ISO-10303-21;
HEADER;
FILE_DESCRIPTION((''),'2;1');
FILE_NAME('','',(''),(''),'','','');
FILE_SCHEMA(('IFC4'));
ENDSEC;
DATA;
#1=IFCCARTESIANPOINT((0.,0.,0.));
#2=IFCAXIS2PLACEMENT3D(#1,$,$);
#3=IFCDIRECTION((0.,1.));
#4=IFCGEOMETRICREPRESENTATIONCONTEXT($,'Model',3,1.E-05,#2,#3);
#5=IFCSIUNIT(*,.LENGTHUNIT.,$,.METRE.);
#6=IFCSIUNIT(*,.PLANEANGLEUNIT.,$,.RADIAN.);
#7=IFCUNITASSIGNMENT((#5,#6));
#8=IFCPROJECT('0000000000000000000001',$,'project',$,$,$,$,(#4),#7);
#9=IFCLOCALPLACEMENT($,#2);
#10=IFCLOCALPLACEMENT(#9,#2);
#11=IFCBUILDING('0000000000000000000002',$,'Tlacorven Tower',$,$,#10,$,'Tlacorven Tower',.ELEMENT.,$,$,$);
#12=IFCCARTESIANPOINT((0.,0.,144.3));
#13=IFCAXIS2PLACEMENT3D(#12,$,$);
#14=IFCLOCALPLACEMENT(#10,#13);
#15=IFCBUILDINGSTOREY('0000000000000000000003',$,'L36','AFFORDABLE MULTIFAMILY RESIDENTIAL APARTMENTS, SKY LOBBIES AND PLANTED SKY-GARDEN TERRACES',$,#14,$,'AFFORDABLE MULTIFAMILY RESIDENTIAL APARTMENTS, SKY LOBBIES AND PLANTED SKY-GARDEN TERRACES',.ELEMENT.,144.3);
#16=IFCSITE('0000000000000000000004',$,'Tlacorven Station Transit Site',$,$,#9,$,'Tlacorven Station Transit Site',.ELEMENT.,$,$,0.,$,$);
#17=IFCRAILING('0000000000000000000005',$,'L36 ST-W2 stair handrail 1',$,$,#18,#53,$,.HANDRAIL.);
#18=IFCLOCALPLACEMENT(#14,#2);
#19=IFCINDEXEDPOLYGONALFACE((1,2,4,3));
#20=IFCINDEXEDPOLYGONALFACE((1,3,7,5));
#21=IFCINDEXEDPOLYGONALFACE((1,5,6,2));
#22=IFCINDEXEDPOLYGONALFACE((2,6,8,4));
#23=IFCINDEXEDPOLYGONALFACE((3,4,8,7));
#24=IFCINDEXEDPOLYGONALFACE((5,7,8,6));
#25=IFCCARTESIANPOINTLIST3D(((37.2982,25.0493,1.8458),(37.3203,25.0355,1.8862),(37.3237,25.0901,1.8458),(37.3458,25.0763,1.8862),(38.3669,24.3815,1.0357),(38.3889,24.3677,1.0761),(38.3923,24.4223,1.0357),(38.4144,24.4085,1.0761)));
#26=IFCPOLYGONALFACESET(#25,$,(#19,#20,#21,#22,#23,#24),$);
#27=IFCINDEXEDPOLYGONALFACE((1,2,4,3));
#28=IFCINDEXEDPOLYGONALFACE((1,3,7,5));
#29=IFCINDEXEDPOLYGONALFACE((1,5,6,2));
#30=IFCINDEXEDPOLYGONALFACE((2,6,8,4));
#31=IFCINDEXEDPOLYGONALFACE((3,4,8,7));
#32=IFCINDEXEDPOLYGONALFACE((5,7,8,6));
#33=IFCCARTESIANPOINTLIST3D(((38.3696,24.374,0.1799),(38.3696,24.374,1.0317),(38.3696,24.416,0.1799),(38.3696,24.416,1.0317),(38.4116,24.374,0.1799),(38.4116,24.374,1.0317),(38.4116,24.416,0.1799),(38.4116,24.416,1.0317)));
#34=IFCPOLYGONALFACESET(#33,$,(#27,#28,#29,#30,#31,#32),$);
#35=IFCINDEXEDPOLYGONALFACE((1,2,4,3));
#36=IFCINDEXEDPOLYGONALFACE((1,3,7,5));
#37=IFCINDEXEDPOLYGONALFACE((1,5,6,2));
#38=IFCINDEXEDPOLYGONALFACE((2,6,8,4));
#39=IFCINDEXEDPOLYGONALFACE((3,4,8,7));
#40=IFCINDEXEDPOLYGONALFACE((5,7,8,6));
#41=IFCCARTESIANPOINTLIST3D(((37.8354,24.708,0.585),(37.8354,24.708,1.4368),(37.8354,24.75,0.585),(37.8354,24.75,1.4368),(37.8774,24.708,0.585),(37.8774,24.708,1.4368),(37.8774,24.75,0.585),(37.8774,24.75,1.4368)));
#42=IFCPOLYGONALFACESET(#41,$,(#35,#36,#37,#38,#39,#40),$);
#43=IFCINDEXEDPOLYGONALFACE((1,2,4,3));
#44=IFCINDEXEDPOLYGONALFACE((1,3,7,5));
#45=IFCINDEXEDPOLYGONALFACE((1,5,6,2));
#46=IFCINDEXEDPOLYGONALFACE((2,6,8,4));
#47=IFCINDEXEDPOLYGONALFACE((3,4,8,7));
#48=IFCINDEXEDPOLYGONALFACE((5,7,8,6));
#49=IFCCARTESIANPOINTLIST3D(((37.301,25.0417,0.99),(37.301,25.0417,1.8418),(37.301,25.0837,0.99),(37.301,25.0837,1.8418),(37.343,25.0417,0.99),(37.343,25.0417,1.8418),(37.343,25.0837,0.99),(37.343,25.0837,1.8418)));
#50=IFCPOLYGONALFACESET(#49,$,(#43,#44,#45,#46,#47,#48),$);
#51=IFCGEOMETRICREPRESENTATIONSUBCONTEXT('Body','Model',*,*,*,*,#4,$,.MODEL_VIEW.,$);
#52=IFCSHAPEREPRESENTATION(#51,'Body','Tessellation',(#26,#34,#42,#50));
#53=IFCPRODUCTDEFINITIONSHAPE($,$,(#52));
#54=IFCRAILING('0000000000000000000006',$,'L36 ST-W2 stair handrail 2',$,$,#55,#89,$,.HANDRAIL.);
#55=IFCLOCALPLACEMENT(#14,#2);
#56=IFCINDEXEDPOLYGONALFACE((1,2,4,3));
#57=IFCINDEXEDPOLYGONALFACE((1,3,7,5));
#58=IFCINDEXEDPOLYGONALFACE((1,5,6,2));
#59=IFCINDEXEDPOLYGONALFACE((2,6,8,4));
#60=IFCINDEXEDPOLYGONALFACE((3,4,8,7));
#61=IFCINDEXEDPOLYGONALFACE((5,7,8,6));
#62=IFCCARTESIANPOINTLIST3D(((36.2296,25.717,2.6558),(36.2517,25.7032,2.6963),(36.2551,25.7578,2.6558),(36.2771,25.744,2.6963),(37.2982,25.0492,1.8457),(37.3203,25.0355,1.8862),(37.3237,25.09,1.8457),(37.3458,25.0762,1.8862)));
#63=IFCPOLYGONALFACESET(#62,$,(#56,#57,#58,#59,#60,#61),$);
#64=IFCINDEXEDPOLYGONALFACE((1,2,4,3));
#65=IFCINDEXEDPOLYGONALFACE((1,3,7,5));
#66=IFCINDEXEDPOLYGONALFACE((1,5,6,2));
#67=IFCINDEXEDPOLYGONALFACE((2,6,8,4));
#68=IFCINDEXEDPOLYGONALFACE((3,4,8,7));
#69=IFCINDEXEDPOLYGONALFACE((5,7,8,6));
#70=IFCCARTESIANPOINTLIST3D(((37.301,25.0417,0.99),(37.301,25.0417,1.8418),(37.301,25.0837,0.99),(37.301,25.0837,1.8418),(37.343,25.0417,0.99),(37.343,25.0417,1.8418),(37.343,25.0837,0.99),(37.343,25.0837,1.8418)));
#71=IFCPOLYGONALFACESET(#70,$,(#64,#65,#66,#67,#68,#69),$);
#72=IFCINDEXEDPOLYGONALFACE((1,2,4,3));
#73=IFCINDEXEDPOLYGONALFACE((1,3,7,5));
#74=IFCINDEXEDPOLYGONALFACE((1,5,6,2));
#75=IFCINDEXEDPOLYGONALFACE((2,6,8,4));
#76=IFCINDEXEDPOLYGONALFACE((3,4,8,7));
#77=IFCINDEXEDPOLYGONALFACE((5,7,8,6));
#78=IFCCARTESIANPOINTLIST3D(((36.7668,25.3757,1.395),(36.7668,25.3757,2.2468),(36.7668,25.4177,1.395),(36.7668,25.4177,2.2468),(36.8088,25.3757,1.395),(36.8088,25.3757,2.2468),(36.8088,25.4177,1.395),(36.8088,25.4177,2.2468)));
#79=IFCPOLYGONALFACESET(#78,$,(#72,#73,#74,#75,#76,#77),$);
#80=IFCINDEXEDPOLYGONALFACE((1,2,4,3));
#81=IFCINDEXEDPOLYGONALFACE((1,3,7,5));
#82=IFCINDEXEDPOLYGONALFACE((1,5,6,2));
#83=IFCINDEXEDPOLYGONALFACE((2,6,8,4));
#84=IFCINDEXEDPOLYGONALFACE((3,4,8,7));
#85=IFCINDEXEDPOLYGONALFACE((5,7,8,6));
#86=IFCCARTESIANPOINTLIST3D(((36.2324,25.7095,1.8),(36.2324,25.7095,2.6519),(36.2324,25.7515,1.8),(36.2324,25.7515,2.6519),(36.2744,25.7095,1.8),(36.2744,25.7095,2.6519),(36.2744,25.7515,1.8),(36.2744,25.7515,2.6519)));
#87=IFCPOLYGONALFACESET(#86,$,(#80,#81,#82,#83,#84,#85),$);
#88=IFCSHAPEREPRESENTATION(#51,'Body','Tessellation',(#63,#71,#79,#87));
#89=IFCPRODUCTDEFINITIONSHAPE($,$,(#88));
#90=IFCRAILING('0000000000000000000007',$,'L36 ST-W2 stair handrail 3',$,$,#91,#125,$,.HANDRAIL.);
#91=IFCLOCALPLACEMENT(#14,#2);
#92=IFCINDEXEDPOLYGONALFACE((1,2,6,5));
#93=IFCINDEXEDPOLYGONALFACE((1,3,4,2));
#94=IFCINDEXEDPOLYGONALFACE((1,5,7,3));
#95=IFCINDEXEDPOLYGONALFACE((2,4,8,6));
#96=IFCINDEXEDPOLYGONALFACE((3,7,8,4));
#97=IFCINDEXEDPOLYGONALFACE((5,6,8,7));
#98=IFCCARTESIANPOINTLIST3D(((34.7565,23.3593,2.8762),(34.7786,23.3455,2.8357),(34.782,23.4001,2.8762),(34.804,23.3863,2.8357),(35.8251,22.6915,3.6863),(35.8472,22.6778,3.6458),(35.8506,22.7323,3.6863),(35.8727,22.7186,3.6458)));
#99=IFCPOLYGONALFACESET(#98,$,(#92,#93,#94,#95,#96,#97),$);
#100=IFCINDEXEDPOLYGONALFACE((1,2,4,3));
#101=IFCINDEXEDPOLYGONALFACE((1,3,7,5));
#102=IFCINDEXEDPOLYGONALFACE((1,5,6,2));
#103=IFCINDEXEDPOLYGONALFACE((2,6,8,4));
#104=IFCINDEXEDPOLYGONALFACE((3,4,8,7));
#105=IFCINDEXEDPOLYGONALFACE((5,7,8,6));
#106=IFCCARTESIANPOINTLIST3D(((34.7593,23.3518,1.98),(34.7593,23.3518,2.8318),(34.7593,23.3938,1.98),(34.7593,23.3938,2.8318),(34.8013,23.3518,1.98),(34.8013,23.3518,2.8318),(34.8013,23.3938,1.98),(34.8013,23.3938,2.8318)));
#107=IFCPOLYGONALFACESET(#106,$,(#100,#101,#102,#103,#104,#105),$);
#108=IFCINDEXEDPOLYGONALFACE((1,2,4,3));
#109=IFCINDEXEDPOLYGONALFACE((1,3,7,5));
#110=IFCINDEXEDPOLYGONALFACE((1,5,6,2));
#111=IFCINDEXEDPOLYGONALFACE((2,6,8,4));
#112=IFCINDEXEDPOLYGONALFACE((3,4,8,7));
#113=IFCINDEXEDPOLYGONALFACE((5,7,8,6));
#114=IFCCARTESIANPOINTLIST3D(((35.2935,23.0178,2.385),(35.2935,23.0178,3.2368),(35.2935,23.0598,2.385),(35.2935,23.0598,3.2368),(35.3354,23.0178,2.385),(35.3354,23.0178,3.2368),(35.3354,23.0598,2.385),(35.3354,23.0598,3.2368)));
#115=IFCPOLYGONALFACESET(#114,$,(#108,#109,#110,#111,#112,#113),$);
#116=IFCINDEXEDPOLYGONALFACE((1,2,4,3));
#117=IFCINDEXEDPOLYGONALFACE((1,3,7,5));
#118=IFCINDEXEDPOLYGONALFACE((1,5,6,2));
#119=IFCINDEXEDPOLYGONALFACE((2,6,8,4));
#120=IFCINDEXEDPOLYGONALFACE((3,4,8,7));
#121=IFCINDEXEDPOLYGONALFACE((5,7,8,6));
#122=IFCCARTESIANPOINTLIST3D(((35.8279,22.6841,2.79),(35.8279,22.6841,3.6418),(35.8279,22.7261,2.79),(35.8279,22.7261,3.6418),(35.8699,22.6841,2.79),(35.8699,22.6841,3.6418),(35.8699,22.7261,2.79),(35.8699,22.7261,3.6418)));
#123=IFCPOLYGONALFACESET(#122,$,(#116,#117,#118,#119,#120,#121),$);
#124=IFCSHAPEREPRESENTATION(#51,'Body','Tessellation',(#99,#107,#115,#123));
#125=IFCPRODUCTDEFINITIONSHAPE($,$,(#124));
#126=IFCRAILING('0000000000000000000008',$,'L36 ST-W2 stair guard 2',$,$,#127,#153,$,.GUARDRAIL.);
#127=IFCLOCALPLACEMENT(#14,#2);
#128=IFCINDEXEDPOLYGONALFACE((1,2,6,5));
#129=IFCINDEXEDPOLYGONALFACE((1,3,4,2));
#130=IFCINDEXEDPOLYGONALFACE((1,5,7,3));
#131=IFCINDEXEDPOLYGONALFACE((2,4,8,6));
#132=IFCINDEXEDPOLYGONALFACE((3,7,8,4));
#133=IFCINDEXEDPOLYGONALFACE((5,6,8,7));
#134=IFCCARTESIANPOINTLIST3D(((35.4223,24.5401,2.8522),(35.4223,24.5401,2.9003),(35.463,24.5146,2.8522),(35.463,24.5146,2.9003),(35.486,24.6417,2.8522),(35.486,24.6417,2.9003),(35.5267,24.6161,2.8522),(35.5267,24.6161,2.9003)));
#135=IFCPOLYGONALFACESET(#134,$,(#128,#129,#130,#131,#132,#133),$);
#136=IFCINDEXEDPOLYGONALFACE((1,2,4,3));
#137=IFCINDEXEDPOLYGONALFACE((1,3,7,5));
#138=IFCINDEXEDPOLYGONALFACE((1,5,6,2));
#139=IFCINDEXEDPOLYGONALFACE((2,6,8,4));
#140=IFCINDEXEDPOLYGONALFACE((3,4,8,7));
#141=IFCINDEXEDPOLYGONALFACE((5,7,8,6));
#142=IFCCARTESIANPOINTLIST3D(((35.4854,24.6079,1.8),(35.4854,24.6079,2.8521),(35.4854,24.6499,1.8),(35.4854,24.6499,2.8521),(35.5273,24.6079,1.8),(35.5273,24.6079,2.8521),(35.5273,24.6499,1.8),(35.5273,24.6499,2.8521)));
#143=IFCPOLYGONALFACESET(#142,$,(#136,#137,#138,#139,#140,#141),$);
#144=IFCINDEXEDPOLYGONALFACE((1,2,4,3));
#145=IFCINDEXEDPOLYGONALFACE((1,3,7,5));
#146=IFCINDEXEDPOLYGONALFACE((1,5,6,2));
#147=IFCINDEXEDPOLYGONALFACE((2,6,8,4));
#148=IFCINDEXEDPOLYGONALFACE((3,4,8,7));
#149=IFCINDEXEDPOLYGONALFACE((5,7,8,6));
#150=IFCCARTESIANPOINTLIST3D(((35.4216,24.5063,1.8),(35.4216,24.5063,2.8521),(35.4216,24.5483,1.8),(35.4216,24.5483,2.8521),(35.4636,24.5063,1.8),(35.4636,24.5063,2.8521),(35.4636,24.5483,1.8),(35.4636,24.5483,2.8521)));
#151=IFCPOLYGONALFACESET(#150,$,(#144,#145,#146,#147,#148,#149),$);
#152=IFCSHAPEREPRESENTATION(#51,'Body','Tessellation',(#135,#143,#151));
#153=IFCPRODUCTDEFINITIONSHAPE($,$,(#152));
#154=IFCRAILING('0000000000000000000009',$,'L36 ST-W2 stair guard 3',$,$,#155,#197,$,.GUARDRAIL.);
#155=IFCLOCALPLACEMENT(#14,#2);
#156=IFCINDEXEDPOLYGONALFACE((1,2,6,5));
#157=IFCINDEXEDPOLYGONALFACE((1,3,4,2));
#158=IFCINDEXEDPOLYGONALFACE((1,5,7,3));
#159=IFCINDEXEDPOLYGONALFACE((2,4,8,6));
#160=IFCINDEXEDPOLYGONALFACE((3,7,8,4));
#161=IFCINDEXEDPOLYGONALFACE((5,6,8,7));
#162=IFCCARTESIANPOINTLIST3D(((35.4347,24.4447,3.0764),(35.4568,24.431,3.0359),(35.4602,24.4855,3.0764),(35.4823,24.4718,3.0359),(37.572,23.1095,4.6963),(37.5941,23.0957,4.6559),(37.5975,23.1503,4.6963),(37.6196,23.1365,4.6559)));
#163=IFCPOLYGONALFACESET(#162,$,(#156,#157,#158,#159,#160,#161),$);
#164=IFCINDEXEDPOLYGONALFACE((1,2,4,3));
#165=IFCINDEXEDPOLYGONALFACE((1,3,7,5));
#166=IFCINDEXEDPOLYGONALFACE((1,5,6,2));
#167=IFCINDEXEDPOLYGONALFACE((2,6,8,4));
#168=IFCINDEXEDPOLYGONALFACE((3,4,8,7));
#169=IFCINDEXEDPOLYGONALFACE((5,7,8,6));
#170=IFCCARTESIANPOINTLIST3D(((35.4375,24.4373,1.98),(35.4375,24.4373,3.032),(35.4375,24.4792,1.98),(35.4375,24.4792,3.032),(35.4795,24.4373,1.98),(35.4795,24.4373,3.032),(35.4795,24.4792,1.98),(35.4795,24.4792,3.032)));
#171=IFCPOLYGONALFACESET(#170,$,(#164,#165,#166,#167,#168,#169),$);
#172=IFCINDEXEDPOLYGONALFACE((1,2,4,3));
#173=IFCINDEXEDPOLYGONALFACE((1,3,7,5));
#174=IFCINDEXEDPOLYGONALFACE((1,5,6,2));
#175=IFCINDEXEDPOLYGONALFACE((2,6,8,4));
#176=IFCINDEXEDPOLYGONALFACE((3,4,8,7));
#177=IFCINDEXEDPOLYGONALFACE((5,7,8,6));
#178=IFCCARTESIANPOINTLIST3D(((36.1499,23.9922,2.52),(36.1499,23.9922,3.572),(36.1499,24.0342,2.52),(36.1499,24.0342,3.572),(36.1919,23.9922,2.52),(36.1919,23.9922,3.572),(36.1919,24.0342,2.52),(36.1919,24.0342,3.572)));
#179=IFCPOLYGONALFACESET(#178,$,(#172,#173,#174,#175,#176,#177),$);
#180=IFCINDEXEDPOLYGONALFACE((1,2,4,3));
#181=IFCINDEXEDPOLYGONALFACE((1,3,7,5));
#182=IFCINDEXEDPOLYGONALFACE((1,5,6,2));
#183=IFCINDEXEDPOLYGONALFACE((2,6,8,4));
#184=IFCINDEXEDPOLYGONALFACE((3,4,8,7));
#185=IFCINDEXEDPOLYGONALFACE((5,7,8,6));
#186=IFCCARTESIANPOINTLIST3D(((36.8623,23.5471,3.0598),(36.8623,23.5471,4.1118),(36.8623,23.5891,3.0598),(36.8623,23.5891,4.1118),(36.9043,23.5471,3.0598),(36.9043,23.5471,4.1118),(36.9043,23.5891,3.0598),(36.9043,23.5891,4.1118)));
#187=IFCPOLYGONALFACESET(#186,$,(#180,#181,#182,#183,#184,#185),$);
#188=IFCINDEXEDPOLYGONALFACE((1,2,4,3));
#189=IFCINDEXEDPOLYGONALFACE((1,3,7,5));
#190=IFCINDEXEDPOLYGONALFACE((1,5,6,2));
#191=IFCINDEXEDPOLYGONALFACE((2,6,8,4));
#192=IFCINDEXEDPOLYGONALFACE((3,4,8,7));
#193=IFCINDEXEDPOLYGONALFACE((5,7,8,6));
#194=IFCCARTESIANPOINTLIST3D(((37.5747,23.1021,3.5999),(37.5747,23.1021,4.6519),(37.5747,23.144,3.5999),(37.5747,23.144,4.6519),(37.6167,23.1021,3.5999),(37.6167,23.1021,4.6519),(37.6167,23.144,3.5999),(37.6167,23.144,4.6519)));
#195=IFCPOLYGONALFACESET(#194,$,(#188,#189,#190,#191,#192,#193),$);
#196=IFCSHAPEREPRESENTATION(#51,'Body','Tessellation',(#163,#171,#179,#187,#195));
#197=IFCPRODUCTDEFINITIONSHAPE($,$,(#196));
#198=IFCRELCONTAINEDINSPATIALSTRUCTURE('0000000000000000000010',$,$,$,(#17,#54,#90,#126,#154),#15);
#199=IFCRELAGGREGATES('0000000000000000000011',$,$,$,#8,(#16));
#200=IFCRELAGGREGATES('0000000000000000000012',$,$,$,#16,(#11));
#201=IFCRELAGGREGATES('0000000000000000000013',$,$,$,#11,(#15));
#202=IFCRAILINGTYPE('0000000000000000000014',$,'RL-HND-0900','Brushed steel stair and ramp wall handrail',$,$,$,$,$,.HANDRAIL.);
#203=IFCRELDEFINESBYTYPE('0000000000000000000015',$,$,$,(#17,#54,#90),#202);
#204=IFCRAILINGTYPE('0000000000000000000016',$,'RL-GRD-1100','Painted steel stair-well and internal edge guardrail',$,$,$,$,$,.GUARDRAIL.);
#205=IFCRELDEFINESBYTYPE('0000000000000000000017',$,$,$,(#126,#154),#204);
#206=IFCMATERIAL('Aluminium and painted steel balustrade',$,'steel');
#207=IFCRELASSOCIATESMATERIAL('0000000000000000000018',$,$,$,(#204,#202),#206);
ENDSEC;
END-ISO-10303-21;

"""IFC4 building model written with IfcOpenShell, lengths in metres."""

from ifc_helpers import new_model, si_unit, direction, frame, origin, origin_2d, place, context, subcontext, project, spatial, rectangle, extrude, source, transform, mapped, material, type_object, element, save


model = new_model("IFC4")

# Units and contexts
model_context = context("Model", 3, precision=1e-05, world=origin(), true_north=direction((0.0, 1.0)))
body_context = subcontext(model_context, "Body", "Model", "MODEL_VIEW")
ifc_project = project(units=[si_unit("LENGTHUNIT", "METRE"), si_unit("PLANEANGLEUNIT", "RADIAN")], contexts=[model_context])

# Site, building, storey
site_placement = place(None, origin())
site = spatial("IfcSite", under=ifc_project, at=site_placement, Name="Tlacorven Station Transit Site", LongName="Tlacorven Station Transit Site", CompositionType="ELEMENT", RefElevation=0.0)
building_placement = place(site_placement, origin())
building = spatial("IfcBuilding", under=site, at=building_placement, Name="Tlacorven Tower", LongName="Tlacorven Tower", CompositionType="ELEMENT")
storey_placement = place(building_placement, frame((0.0, 0.0, 144.3)))
storey = spatial("IfcBuildingStorey", under=building, at=storey_placement, Name="L36", Description="AFFORDABLE MULTIFAMILY RESIDENTIAL APARTMENTS, SKY LOBBIES AND PLANTED SKY-GARDEN TERRACES", LongName="AFFORDABLE MULTIFAMILY RESIDENTIAL APARTMENTS, SKY LOBBIES AND PLANTED SKY-GARDEN TERRACES", CompositionType="ELEMENT", Elevation=144.3)

# Railings
ifc_material_1 = material(Name="Aluminium and painted steel balustrade", Category="steel")
railing_type_1 = type_object("IfcRailingType", Name="RL-GRD-1100", Description="Painted steel stair-well and internal edge guardrail", PredefinedType="GUARDRAIL", material=ifc_material_1)
railing_type_2 = type_object("IfcRailingType", Name="RL-HND-0900", Description="Brushed steel stair and ramp wall handrail", PredefinedType="HANDRAIL", material=ifc_material_1)
shared_shape_1 = source(origin(), body_context, "Body", "SweptSolid", [
    extrude(rectangle(XDim=0.0481, YDim=0.0481, at=origin_2d()), frame((0.0, 0.0, 0.876), z_axis=(-0.71336, 0.445748, 0.540765), x_axis=(-0.529912, -0.848053, 0.0)), (0.0, 0.0, 1.0), 1.498),
    extrude(rectangle(XDim=0.042, YDim=0.042, at=origin_2d()), origin(), (0.0, 0.0, 1.0), 0.8518),
    extrude(rectangle(XDim=0.042, YDim=0.042, at=origin_2d()), frame((-0.5342, 0.334, 0.405)), (0.0, 0.0, 1.0), 0.8518),
    extrude(rectangle(XDim=0.042, YDim=0.042, at=origin_2d()), frame((-1.0686, 0.6677, 0.8101)), (0.0, 0.0, 1.0), 0.8518),
])
for number, where, name in (
    (1, (38.3906, 24.395, 0.1799), "L36 ST-W2 stair handrail 1"),
    (2, (37.322, 25.0627, 0.99), "L36 ST-W2 stair handrail 2"),
):
    element("IfcRailing", number, at=place(storey_placement, frame(where)), inside=storey, type_object=railing_type_2, Name=name, PredefinedType="HANDRAIL", context=body_context, shape_type="MappedRepresentation", body=[
        mapped(shared_shape_1, transform((0.0, 0.0, 0.0), scale=1.0)),
    ])
shared_shape_2 = source(origin(), body_context, "Body", "SweptSolid", [
    extrude(rectangle(XDim=0.0481, YDim=0.0481, at=origin_2d()), frame((0.0, 0.0, 0.876), z_axis=(0.71336, -0.445748, 0.540765), x_axis=(0.529912, 0.848053, 0.0)), (0.0, 0.0, 1.0), 1.498),
    extrude(rectangle(XDim=0.042, YDim=0.042, at=origin_2d()), origin(), (0.0, 0.0, 1.0), 0.8518),
    extrude(rectangle(XDim=0.042, YDim=0.042, at=origin_2d()), frame((0.5342, -0.334, 0.405)), (0.0, 0.0, 1.0), 0.8518),
    extrude(rectangle(XDim=0.042, YDim=0.042, at=origin_2d()), frame((1.0686, -0.6677, 0.8101)), (0.0, 0.0, 1.0), 0.8518),
])
railing_1_placement = place(storey_placement, frame((34.7803, 23.3728, 1.98)))
element("IfcRailing", 3, at=railing_1_placement, inside=storey, type_object=railing_type_2, Name="L36 ST-W2 stair handrail 3", PredefinedType="HANDRAIL", context=body_context, shape_type="MappedRepresentation", body=[
    mapped(shared_shape_2, transform((0.0, 0.0, 0.0), scale=1.0)),
])
shared_shape_3 = source(origin(), body_context, "Body", "SweptSolid", [
    extrude(rectangle(XDim=0.0481, YDim=0.0481, at=origin_2d()), frame((0.0, 0.0, 1.0762), z_axis=(-0.531462, -0.847082, 0.0), x_axis=(0.847082, -0.531462, 0.0)), (0.0, 0.0, 1.0), 0.1199),
    extrude(rectangle(XDim=0.042, YDim=0.042, at=origin_2d()), origin(), (0.0, 0.0, 1.0), 1.052),
    extrude(rectangle(XDim=0.042, YDim=0.042, at=origin_2d()), frame((-0.0637, -0.1016, 0.0)), (0.0, 0.0, 1.0), 1.052),
])
railing_2_placement = place(storey_placement, frame((35.5063, 24.6289, 1.8)))
element("IfcRailing", 4, at=railing_2_placement, inside=storey, type_object=railing_type_1, Name="L36 ST-W2 stair guard 2", PredefinedType="GUARDRAIL", context=body_context, shape_type="MappedRepresentation", body=[
    mapped(shared_shape_3, transform((0.0, 0.0, 0.0), scale=1.0)),
])
shared_shape_4 = source(origin(), body_context, "Body", "SweptSolid", [
    extrude(rectangle(XDim=0.0481, YDim=0.0481, at=origin_2d()), frame((0.0, 0.0, 1.0762), z_axis=(0.713417, -0.445702, 0.540727), x_axis=(0.529842, 0.848096, 0.0)), (0.0, 0.0, 1.0), 2.9958),
    extrude(rectangle(XDim=0.042, YDim=0.042, at=origin_2d()), origin(), (0.0, 0.0, 1.0), 1.052),
    extrude(rectangle(XDim=0.042, YDim=0.042, at=origin_2d()), frame((0.7124, -0.4451, 0.54)), (0.0, 0.0, 1.0), 1.052),
    extrude(rectangle(XDim=0.042, YDim=0.042, at=origin_2d()), frame((1.4248, -0.8901, 1.0798)), (0.0, 0.0, 1.0), 1.052),
    extrude(rectangle(XDim=0.042, YDim=0.042, at=origin_2d()), frame((2.1372, -1.3352, 1.6199)), (0.0, 0.0, 1.0), 1.052),
])
railing_3_placement = place(storey_placement, frame((35.4585, 24.4583, 1.98)))
element("IfcRailing", 5, at=railing_3_placement, inside=storey, type_object=railing_type_1, Name="L36 ST-W2 stair guard 3", PredefinedType="GUARDRAIL", context=body_context, shape_type="MappedRepresentation", body=[
    mapped(shared_shape_4, transform((0.0, 0.0, 0.0), scale=1.0)),
])

save(model, "model.ifc")
